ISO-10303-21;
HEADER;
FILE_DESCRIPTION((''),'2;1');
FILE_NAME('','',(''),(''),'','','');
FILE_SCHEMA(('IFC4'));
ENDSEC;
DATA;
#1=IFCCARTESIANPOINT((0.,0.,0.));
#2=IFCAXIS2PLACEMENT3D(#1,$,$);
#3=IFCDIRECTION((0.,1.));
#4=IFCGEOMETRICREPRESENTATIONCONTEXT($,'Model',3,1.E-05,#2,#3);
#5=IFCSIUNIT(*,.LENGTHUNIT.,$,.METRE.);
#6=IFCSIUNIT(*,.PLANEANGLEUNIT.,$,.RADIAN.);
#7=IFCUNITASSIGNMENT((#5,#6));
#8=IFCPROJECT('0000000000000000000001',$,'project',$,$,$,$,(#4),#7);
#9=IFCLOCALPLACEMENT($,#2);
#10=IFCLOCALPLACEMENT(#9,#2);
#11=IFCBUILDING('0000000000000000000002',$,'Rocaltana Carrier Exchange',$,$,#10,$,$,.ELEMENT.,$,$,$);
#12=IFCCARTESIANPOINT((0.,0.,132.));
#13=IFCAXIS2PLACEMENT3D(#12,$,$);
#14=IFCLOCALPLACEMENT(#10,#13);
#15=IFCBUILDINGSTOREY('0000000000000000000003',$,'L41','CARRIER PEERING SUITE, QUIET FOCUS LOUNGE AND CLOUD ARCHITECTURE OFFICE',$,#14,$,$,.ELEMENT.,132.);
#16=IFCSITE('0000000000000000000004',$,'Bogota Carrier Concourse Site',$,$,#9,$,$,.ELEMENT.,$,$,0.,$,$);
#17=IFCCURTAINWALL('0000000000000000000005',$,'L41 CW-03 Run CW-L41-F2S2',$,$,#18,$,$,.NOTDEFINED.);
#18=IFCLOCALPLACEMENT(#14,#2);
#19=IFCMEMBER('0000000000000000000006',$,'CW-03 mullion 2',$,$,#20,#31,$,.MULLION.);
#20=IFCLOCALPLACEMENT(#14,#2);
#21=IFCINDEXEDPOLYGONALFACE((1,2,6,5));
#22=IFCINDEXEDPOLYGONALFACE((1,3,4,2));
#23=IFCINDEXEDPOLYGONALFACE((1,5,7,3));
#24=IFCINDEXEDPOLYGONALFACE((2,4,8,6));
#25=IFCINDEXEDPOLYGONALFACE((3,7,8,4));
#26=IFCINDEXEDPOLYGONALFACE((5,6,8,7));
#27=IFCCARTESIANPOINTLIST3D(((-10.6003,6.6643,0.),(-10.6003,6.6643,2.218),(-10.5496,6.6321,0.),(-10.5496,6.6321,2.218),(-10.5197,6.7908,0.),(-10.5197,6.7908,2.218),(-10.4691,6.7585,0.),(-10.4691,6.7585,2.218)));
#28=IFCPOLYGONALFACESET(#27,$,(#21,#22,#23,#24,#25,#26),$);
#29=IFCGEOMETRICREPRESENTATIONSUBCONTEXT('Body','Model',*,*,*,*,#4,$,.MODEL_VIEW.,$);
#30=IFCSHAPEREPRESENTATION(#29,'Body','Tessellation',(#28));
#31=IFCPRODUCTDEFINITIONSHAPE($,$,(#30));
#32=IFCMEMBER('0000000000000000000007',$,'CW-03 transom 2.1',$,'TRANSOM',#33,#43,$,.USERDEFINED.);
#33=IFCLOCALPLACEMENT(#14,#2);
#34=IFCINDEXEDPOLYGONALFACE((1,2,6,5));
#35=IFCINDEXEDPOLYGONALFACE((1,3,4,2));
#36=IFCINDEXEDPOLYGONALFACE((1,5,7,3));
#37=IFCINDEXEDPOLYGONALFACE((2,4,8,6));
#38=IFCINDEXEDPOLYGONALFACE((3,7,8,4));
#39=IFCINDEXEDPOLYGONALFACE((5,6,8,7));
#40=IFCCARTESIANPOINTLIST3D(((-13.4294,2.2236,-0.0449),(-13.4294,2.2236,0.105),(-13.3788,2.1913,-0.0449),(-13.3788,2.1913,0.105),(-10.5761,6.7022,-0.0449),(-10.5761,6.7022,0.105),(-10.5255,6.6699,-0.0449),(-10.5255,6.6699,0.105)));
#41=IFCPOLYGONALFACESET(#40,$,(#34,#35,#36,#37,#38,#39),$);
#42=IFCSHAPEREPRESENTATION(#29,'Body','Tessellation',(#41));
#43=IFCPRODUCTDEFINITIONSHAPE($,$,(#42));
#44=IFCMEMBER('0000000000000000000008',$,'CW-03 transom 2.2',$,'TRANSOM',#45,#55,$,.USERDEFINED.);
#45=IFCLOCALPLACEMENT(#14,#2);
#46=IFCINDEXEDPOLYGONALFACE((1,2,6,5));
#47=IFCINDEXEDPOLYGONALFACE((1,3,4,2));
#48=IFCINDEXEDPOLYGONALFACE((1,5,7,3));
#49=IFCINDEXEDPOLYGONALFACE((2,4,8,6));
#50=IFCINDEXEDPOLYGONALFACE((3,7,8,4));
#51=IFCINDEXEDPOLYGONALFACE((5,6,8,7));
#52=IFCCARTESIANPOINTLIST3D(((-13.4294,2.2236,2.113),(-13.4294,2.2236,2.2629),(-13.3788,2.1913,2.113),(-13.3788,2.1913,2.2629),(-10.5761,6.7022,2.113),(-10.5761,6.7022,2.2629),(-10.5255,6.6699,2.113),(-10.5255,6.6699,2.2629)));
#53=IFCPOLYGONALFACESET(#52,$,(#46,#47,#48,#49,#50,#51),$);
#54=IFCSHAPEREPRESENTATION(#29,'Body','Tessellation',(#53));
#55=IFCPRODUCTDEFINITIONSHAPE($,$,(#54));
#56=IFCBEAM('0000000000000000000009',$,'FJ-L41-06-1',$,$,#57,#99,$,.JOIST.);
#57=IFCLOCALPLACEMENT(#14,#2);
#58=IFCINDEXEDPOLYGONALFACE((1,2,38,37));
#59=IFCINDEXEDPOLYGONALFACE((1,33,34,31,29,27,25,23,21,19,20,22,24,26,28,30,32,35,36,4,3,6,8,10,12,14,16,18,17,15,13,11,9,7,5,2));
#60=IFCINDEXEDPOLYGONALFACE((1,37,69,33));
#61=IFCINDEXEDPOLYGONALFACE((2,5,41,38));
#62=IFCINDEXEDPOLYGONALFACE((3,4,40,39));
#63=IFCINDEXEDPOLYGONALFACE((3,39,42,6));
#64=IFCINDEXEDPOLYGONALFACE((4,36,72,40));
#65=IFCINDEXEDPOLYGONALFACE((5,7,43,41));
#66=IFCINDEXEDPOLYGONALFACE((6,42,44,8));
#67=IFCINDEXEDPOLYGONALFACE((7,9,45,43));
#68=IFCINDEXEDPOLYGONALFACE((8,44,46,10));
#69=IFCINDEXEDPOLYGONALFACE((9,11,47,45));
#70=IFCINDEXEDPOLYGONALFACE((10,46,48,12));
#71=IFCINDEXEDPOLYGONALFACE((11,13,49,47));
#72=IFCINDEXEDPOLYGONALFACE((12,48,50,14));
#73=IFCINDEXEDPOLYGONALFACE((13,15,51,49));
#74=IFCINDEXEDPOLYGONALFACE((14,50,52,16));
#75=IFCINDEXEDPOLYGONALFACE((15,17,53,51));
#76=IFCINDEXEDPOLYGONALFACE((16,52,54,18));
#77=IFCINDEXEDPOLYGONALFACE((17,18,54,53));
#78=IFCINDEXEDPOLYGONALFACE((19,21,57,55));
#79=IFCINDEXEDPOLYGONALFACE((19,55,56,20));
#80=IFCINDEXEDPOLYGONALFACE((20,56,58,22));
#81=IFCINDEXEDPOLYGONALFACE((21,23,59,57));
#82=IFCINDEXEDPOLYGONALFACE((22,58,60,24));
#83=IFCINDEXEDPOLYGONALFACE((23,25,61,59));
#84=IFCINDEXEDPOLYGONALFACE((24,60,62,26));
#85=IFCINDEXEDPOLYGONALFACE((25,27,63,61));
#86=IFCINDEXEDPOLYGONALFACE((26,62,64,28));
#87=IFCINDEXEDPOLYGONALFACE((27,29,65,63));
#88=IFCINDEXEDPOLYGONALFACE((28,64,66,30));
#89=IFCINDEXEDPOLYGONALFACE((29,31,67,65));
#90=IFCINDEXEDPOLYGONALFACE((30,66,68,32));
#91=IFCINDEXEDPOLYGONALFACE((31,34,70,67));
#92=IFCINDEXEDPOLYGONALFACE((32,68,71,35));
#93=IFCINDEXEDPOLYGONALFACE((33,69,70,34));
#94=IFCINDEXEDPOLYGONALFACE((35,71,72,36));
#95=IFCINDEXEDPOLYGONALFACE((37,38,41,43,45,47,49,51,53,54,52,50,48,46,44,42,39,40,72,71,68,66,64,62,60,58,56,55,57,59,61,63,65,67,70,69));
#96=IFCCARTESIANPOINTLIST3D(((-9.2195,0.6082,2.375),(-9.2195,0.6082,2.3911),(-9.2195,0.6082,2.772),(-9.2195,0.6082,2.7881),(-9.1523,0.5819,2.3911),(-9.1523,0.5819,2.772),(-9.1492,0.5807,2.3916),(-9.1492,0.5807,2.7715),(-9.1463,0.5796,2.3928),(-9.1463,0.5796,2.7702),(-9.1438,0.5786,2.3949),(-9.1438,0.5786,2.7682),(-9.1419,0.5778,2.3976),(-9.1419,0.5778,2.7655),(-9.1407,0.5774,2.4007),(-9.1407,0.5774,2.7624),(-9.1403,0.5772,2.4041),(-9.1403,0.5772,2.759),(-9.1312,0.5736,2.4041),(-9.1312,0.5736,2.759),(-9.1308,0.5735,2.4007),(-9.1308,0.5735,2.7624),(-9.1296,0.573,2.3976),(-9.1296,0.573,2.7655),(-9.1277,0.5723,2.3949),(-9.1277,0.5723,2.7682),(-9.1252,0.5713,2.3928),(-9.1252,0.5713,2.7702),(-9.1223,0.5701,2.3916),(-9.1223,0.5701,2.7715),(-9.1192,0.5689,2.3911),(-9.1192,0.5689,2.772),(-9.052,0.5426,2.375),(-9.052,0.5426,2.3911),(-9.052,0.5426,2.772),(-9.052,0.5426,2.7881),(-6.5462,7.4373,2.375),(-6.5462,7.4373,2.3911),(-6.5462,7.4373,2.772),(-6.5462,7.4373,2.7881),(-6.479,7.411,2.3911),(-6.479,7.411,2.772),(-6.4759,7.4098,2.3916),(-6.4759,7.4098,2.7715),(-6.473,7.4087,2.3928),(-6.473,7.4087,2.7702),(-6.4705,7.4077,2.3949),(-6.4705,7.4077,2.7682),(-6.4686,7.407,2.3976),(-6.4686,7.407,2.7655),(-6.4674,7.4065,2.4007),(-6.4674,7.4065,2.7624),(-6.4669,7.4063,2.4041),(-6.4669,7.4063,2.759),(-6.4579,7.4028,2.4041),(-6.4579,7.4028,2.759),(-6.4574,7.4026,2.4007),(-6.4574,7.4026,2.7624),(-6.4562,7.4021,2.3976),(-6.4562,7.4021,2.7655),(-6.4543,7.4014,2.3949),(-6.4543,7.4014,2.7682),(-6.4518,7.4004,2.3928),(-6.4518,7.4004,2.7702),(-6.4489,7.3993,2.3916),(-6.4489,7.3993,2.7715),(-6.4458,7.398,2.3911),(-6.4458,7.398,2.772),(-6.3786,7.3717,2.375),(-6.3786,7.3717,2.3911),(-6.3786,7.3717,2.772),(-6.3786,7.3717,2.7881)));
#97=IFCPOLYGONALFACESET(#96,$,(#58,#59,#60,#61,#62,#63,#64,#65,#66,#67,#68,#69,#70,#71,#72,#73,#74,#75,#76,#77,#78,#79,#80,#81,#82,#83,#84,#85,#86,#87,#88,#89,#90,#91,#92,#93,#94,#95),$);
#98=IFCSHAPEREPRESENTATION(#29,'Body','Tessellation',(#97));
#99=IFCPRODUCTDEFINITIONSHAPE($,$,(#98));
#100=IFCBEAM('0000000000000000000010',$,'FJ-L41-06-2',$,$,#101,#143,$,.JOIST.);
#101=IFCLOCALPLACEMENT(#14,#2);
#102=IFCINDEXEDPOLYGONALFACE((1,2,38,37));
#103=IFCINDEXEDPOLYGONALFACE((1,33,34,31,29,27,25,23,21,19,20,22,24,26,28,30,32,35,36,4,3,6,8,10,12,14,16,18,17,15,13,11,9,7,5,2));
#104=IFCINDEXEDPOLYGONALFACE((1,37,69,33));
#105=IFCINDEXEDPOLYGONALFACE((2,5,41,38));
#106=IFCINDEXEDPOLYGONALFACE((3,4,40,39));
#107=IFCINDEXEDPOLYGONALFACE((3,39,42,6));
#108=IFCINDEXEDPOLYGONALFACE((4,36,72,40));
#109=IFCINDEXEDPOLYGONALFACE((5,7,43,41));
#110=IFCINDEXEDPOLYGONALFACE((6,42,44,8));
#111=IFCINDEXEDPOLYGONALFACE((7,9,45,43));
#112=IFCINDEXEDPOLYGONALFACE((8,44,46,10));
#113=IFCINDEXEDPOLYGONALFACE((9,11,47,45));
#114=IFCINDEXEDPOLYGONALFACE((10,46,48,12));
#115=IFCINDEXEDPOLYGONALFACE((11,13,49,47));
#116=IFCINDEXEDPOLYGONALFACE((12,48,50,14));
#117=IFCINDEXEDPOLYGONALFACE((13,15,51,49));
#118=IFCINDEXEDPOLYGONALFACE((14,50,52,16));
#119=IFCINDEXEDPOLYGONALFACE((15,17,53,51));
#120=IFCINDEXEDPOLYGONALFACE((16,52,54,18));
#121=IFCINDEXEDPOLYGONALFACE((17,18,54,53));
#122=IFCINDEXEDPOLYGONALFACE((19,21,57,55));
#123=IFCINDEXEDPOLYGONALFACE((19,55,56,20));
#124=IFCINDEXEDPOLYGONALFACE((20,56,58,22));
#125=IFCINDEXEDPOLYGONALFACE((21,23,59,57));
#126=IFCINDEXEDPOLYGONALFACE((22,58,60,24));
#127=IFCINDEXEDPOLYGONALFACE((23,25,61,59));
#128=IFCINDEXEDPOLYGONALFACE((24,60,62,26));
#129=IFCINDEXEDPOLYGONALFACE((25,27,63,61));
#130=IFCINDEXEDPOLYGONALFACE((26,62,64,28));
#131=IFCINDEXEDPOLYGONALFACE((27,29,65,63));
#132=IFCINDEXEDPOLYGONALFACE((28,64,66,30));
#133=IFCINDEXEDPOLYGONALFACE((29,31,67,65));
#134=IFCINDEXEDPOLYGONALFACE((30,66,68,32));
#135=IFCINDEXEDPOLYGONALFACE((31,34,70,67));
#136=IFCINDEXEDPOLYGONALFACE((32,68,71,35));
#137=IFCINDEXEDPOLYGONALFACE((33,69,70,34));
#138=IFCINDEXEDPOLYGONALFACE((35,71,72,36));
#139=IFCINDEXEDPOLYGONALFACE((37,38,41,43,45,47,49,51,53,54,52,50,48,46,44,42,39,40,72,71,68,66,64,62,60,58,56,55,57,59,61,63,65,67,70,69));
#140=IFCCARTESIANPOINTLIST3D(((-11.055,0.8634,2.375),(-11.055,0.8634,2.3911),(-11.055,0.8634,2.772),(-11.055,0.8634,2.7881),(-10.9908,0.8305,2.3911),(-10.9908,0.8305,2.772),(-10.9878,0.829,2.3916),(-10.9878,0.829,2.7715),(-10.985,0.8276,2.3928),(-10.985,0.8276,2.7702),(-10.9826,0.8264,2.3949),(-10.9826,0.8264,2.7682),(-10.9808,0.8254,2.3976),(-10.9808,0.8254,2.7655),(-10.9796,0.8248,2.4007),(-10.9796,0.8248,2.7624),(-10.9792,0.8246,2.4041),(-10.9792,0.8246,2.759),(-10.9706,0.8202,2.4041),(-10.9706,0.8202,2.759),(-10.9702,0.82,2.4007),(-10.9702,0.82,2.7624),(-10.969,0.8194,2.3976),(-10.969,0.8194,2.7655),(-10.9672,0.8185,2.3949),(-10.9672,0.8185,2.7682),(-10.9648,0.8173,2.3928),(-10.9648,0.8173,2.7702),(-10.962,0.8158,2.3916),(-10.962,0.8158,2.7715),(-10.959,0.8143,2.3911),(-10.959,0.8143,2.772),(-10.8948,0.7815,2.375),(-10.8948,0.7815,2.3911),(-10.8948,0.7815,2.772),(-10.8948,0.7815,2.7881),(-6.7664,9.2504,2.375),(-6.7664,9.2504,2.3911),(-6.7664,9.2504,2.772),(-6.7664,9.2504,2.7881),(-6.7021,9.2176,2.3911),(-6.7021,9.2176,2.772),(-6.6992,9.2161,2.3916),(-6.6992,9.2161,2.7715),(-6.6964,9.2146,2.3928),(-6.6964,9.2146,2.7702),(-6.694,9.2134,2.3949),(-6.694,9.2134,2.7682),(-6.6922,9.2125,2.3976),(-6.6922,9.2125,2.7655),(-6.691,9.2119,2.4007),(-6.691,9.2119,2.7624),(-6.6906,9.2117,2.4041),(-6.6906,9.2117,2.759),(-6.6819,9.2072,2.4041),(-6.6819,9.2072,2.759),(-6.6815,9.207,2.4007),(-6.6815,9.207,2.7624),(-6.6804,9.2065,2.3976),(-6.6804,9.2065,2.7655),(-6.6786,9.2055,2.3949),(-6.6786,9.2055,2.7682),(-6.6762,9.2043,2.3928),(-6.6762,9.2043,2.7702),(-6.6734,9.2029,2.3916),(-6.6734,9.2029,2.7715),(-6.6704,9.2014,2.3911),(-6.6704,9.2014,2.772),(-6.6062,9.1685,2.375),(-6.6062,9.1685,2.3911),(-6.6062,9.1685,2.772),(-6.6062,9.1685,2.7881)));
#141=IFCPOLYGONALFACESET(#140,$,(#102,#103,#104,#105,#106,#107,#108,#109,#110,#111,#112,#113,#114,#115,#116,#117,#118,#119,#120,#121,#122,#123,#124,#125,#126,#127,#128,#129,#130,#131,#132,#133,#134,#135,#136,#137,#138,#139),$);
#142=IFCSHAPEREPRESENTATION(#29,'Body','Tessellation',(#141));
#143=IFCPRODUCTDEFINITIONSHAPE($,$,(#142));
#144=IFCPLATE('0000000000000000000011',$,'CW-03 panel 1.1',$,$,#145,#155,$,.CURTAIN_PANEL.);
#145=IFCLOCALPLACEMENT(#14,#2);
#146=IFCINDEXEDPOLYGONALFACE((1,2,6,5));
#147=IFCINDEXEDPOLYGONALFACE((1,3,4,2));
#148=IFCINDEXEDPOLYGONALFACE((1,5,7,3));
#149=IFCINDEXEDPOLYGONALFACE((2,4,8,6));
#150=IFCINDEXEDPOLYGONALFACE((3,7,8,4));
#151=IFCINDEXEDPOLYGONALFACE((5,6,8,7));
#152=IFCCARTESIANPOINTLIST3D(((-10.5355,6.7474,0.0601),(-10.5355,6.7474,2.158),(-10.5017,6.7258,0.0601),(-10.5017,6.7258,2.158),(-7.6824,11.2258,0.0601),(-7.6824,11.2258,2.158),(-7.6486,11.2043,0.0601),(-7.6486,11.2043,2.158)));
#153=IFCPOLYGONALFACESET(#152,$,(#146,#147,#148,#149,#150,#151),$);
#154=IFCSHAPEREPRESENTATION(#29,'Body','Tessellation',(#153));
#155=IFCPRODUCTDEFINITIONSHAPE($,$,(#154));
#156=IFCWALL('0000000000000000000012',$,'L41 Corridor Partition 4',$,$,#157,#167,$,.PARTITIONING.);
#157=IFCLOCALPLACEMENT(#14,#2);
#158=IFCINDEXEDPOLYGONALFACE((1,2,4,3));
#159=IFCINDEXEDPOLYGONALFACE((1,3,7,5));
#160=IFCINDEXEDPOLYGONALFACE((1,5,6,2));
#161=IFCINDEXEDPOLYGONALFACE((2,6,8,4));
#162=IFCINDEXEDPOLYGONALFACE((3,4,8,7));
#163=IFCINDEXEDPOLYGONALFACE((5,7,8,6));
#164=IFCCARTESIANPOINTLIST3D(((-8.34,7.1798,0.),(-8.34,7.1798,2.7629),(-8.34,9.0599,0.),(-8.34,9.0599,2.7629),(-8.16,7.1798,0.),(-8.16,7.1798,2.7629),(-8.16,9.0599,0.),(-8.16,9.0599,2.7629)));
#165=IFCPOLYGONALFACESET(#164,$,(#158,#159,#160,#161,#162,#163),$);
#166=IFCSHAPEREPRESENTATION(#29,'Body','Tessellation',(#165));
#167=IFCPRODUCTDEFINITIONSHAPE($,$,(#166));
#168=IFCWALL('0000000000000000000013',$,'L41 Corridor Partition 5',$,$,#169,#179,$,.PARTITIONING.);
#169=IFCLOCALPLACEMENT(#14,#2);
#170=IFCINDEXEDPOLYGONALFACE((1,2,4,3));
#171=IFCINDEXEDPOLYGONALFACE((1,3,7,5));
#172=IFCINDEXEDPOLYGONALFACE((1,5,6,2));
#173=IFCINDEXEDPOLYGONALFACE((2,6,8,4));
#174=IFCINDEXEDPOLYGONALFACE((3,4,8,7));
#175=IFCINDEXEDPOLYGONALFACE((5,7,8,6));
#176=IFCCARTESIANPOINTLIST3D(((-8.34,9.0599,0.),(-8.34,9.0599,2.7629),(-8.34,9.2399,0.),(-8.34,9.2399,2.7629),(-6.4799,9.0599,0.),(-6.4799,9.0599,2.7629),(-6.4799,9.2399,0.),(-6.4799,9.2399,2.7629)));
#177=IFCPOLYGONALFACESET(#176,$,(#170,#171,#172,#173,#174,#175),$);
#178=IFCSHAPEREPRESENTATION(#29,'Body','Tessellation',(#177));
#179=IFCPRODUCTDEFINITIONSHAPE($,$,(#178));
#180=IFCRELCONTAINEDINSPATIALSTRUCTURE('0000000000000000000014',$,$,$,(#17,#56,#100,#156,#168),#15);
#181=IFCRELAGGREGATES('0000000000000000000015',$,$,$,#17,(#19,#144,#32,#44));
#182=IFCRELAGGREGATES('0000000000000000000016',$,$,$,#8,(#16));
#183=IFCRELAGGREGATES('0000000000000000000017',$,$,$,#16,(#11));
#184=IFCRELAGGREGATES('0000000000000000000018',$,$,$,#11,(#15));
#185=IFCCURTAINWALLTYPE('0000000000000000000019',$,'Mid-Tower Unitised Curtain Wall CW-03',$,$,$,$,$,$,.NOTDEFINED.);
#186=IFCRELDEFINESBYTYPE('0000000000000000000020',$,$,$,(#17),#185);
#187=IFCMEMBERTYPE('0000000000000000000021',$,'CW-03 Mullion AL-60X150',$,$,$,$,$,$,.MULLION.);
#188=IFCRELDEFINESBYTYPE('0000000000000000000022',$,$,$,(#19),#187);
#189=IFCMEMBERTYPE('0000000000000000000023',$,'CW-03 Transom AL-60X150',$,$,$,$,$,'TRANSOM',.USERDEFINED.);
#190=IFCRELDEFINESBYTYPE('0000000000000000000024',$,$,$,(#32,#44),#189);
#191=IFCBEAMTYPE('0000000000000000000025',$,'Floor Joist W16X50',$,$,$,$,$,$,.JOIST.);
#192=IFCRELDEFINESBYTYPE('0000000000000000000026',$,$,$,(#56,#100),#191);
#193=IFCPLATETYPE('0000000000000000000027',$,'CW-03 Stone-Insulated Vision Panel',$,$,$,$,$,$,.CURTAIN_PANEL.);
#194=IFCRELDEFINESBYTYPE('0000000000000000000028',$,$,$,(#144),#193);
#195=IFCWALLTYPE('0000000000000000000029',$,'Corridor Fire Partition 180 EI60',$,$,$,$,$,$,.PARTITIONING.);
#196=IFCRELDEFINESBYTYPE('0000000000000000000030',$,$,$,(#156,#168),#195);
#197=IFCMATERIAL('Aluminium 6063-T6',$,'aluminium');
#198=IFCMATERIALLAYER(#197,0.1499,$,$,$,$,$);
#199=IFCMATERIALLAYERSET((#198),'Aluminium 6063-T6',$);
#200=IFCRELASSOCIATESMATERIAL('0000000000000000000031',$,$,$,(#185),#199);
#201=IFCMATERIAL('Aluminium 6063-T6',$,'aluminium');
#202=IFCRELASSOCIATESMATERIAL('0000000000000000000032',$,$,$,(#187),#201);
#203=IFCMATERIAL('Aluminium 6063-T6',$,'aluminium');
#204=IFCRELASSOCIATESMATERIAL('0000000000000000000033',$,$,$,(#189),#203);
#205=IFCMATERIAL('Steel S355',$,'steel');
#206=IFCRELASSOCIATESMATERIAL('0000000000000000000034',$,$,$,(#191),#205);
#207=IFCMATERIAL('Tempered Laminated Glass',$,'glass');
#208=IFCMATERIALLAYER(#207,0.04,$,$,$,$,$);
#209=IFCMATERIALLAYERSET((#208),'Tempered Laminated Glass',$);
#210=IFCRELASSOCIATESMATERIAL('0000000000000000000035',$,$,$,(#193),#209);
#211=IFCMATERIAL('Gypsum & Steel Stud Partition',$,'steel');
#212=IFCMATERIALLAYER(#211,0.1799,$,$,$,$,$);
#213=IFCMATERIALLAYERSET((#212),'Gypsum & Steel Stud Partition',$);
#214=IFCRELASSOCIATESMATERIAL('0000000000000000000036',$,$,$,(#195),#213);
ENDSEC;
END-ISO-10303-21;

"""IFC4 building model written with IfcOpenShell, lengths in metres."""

from ifc_helpers import new_model, si_unit, direction, frame, frame_2d, origin, origin_2d, place, context, subcontext, project, spatial, rectangle, i_section, extrude, material, layer, layer_set, material_profile, profile_set, type_object, element, aggregate, save


model = new_model("IFC4")

# Units and contexts
model_context = context("Model", 3, precision=1e-05, world=origin(), true_north=direction((0.0, 1.0)))
body_context = subcontext(model_context, "Body", "Model", "MODEL_VIEW")
ifc_project = project(units=[si_unit("LENGTHUNIT", "METRE"), si_unit("PLANEANGLEUNIT", "RADIAN")], contexts=[model_context])

# Site, building, storey
site_placement = place(None, origin())
site = spatial("IfcSite", under=ifc_project, at=site_placement, Name="Bogota Carrier Concourse Site", CompositionType="ELEMENT", RefElevation=0.0)
building_placement = place(site_placement, origin())
building = spatial("IfcBuilding", under=site, at=building_placement, Name="Rocaltana Carrier Exchange", CompositionType="ELEMENT")
storey_placement = place(building_placement, frame((0.0, 0.0, 132.0)))
storey = spatial("IfcBuildingStorey", under=building, at=storey_placement, Name="L41", Description="CARRIER PEERING SUITE, QUIET FOCUS LOUNGE AND CLOUD ARCHITECTURE OFFICE", CompositionType="ELEMENT", Elevation=132.0)

# Curtain wall, members
ifc_material_1 = material(Name="Aluminium 6063-T6", Category="aluminium")
ifc_layer_1 = layer(ifc_material_1, 0.1499)
ifc_layer_set_1 = layer_set([ifc_layer_1], Name="Aluminium 6063-T6")
curtain_wall_type = type_object("IfcCurtainWallType", Name="Mid-Tower Unitised Curtain Wall CW-03", PredefinedType="NOTDEFINED", material=ifc_layer_set_1)
curtain_wall_placement = place(storey_placement, origin())
curtain_wall = element("IfcCurtainWall", 1, at=curtain_wall_placement, inside=storey, type_object=curtain_wall_type, Name="L41 CW-03 Run CW-L41-F2S2", PredefinedType="NOTDEFINED")
ifc_material_2 = material(Name="Aluminium 6063-T6", Category="aluminium")
ifc_material_profile_1 = material_profile(ifc_material_2, rectangle(XDim=0.0601, YDim=0.1499, at=origin_2d()), Name="AL-60X150")
ifc_profile_set_1 = profile_set([ifc_material_profile_1], Name="Aluminium 6063-T6")
member_type_1 = type_object("IfcMemberType", Name="CW-03 Mullion AL-60X150", PredefinedType="MULLION", material=ifc_profile_set_1)
member_1_placement = place(storey_placement, frame((-10.5347, 6.7114, 0.0), z_axis=(0.0, 0.0, 1.0), x_axis=(0.843391, -0.537301, 0.0)))
member_1 = element("IfcMember", 2, at=member_1_placement, type_object=member_type_1, Name="CW-03 mullion 2", PredefinedType="MULLION", context=body_context, shape_type="SweptSolid", body=[
    extrude(rectangle(XDim=0.0601, YDim=0.1499, at=origin_2d()), origin(), (0.0, 0.0, 1.0), 2.218),
])
ifc_material_3 = material(Name="Aluminium 6063-T6", Category="aluminium")
ifc_material_profile_2 = material_profile(ifc_material_3, rectangle(XDim=0.0601, YDim=0.1499, at=origin_2d()), Name="AL-60X150")
ifc_profile_set_2 = profile_set([ifc_material_profile_2], Name="Aluminium 6063-T6")
member_type_2 = type_object("IfcMemberType", Name="CW-03 Transom AL-60X150", ElementType="TRANSOM", PredefinedType="USERDEFINED", material=ifc_profile_set_2)
member_2_placement = place(storey_placement, frame((-10.5508, 6.686, 0.03), z_axis=(-0.537319, -0.843379, 0.0), x_axis=(0.843379, -0.537319, 0.0)))
member_2 = element("IfcMember", 3, at=member_2_placement, type_object=member_type_2, Name="CW-03 transom 2.1", ObjectType="TRANSOM", PredefinedType="USERDEFINED", context=body_context, shape_type="SweptSolid", body=[
    extrude(rectangle(XDim=0.0601, YDim=0.1499, at=origin_2d()), origin(), (0.0, 0.0, 1.0), 5.3103),
])
member_3_placement = place(storey_placement, frame((-10.5508, 6.686, 2.188), z_axis=(-0.537319, -0.843379, 0.0), x_axis=(0.843379, -0.537319, 0.0)))
member_3 = element("IfcMember", 4, at=member_3_placement, type_object=member_type_2, Name="CW-03 transom 2.2", ObjectType="TRANSOM", PredefinedType="USERDEFINED", context=body_context, shape_type="SweptSolid", body=[
    extrude(rectangle(XDim=0.0601, YDim=0.1499, at=origin_2d()), origin(), (0.0, 0.0, 1.0), 5.3103),
])

# Beams
ifc_material_4 = material(Name="Steel S355", Category="steel")
ifc_material_profile_3 = material_profile(ifc_material_4, i_section(OverallWidth=0.1799, OverallDepth=0.4131, WebThickness=0.0098, FlangeThickness=0.0161, FilletRadius=0.0129, at=origin_2d()), Name="W16X50")
ifc_profile_set_3 = profile_set([ifc_material_profile_3], Name="Steel S355")
beam_type = type_object("IfcBeamType", Name="Floor Joist W16X50", PredefinedType="JOIST", material=ifc_profile_set_3)
beam_1_placement = place(storey_placement, frame((-6.4624, 7.4045, 2.5815), z_axis=(-0.364527, -0.931193, 0.0), x_axis=(0.931193, -0.364527, 0.0)))
element("IfcBeam", 5, at=beam_1_placement, inside=storey, type_object=beam_type, Name="FJ-L41-06-1", PredefinedType="JOIST", context=body_context, shape_type="SweptSolid", body=[
    extrude(i_section(OverallWidth=0.1799, OverallDepth=0.4131, WebThickness=0.0098, FlangeThickness=0.0161, FilletRadius=0.0129, at=origin_2d()), origin(), (0.0, 0.0, 1.0), 7.3337),
])
beam_2_placement = place(storey_placement, frame((-6.6863, 9.2095, 2.5815), z_axis=(-0.455271, -0.890353, 0.0), x_axis=(0.890353, -0.455271, 0.0)))
element("IfcBeam", 6, at=beam_2_placement, inside=storey, type_object=beam_type, Name="FJ-L41-06-2", PredefinedType="JOIST", context=body_context, shape_type="SweptSolid", body=[
    extrude(i_section(OverallWidth=0.1799, OverallDepth=0.4131, WebThickness=0.0098, FlangeThickness=0.0161, FilletRadius=0.0129, at=origin_2d()), origin(), (0.0, 0.0, 1.0), 9.4199),
])

# Plate
ifc_material_5 = material(Name="Tempered Laminated Glass", Category="glass")
ifc_layer_2 = layer(ifc_material_5, 0.04)
ifc_layer_set_2 = layer_set([ifc_layer_2], Name="Tempered Laminated Glass")
plate_type = type_object("IfcPlateType", Name="CW-03 Stone-Insulated Vision Panel", PredefinedType="CURTAIN_PANEL", material=ifc_layer_set_2)
plate_placement = place(storey_placement, frame((-9.092, 8.9758, 0.0601), z_axis=(0.0, 0.0, 1.0), x_axis=(-0.537301, -0.843391, 0.0)))
plate = element("IfcPlate", 7, at=plate_placement, type_object=plate_type, Name="CW-03 panel 1.1", PredefinedType="CURTAIN_PANEL", context=body_context, shape_type="SweptSolid", body=[
    extrude(rectangle(XDim=5.3101, YDim=0.04, at=origin_2d()), origin(), (0.0, 0.0, 1.0), 2.0979),
])
aggregate(curtain_wall, [member_1, plate, member_2, member_3])

# Walls
ifc_material_6 = material(Name="Gypsum & Steel Stud Partition", Category="steel")
ifc_layer_3 = layer(ifc_material_6, 0.1799)
ifc_layer_set_3 = layer_set([ifc_layer_3], Name="Gypsum & Steel Stud Partition")
wall_type_1 = type_object("IfcWallType", Name="Corridor Fire Partition 180 EI60", PredefinedType="PARTITIONING", material=ifc_layer_set_3)
wall_1_placement = place(storey_placement, frame((-8.25, 7.1799, 0.0), z_axis=(0.0, 0.0, 1.0), x_axis=(0.0, 1.0, 0.0)))
element("IfcWall", 8, at=wall_1_placement, inside=storey, type_object=wall_type_1, Name="L41 Corridor Partition 4", PredefinedType="PARTITIONING", context=body_context, shape_type="SweptSolid", body=[
    extrude(rectangle(XDim=1.8801, YDim=0.1799, at=frame_2d((0.9399, 0.0))), origin(), (0.0, 0.0, 1.0), 2.7629),
])
wall_2_placement = place(storey_placement, frame((-8.3401, 9.1499, 0.0), z_axis=(0.0, 0.0, 1.0), x_axis=(1.0, 0.0, 0.0)))
element("IfcWall", 9, at=wall_2_placement, inside=storey, type_object=wall_type_1, Name="L41 Corridor Partition 5", PredefinedType="PARTITIONING", context=body_context, shape_type="SweptSolid", body=[
    extrude(rectangle(XDim=1.8601, YDim=0.1799, at=frame_2d((0.9302, 0.0))), origin(), (0.0, 0.0, 1.0), 2.7629),
])

save(model, "model.ifc")
